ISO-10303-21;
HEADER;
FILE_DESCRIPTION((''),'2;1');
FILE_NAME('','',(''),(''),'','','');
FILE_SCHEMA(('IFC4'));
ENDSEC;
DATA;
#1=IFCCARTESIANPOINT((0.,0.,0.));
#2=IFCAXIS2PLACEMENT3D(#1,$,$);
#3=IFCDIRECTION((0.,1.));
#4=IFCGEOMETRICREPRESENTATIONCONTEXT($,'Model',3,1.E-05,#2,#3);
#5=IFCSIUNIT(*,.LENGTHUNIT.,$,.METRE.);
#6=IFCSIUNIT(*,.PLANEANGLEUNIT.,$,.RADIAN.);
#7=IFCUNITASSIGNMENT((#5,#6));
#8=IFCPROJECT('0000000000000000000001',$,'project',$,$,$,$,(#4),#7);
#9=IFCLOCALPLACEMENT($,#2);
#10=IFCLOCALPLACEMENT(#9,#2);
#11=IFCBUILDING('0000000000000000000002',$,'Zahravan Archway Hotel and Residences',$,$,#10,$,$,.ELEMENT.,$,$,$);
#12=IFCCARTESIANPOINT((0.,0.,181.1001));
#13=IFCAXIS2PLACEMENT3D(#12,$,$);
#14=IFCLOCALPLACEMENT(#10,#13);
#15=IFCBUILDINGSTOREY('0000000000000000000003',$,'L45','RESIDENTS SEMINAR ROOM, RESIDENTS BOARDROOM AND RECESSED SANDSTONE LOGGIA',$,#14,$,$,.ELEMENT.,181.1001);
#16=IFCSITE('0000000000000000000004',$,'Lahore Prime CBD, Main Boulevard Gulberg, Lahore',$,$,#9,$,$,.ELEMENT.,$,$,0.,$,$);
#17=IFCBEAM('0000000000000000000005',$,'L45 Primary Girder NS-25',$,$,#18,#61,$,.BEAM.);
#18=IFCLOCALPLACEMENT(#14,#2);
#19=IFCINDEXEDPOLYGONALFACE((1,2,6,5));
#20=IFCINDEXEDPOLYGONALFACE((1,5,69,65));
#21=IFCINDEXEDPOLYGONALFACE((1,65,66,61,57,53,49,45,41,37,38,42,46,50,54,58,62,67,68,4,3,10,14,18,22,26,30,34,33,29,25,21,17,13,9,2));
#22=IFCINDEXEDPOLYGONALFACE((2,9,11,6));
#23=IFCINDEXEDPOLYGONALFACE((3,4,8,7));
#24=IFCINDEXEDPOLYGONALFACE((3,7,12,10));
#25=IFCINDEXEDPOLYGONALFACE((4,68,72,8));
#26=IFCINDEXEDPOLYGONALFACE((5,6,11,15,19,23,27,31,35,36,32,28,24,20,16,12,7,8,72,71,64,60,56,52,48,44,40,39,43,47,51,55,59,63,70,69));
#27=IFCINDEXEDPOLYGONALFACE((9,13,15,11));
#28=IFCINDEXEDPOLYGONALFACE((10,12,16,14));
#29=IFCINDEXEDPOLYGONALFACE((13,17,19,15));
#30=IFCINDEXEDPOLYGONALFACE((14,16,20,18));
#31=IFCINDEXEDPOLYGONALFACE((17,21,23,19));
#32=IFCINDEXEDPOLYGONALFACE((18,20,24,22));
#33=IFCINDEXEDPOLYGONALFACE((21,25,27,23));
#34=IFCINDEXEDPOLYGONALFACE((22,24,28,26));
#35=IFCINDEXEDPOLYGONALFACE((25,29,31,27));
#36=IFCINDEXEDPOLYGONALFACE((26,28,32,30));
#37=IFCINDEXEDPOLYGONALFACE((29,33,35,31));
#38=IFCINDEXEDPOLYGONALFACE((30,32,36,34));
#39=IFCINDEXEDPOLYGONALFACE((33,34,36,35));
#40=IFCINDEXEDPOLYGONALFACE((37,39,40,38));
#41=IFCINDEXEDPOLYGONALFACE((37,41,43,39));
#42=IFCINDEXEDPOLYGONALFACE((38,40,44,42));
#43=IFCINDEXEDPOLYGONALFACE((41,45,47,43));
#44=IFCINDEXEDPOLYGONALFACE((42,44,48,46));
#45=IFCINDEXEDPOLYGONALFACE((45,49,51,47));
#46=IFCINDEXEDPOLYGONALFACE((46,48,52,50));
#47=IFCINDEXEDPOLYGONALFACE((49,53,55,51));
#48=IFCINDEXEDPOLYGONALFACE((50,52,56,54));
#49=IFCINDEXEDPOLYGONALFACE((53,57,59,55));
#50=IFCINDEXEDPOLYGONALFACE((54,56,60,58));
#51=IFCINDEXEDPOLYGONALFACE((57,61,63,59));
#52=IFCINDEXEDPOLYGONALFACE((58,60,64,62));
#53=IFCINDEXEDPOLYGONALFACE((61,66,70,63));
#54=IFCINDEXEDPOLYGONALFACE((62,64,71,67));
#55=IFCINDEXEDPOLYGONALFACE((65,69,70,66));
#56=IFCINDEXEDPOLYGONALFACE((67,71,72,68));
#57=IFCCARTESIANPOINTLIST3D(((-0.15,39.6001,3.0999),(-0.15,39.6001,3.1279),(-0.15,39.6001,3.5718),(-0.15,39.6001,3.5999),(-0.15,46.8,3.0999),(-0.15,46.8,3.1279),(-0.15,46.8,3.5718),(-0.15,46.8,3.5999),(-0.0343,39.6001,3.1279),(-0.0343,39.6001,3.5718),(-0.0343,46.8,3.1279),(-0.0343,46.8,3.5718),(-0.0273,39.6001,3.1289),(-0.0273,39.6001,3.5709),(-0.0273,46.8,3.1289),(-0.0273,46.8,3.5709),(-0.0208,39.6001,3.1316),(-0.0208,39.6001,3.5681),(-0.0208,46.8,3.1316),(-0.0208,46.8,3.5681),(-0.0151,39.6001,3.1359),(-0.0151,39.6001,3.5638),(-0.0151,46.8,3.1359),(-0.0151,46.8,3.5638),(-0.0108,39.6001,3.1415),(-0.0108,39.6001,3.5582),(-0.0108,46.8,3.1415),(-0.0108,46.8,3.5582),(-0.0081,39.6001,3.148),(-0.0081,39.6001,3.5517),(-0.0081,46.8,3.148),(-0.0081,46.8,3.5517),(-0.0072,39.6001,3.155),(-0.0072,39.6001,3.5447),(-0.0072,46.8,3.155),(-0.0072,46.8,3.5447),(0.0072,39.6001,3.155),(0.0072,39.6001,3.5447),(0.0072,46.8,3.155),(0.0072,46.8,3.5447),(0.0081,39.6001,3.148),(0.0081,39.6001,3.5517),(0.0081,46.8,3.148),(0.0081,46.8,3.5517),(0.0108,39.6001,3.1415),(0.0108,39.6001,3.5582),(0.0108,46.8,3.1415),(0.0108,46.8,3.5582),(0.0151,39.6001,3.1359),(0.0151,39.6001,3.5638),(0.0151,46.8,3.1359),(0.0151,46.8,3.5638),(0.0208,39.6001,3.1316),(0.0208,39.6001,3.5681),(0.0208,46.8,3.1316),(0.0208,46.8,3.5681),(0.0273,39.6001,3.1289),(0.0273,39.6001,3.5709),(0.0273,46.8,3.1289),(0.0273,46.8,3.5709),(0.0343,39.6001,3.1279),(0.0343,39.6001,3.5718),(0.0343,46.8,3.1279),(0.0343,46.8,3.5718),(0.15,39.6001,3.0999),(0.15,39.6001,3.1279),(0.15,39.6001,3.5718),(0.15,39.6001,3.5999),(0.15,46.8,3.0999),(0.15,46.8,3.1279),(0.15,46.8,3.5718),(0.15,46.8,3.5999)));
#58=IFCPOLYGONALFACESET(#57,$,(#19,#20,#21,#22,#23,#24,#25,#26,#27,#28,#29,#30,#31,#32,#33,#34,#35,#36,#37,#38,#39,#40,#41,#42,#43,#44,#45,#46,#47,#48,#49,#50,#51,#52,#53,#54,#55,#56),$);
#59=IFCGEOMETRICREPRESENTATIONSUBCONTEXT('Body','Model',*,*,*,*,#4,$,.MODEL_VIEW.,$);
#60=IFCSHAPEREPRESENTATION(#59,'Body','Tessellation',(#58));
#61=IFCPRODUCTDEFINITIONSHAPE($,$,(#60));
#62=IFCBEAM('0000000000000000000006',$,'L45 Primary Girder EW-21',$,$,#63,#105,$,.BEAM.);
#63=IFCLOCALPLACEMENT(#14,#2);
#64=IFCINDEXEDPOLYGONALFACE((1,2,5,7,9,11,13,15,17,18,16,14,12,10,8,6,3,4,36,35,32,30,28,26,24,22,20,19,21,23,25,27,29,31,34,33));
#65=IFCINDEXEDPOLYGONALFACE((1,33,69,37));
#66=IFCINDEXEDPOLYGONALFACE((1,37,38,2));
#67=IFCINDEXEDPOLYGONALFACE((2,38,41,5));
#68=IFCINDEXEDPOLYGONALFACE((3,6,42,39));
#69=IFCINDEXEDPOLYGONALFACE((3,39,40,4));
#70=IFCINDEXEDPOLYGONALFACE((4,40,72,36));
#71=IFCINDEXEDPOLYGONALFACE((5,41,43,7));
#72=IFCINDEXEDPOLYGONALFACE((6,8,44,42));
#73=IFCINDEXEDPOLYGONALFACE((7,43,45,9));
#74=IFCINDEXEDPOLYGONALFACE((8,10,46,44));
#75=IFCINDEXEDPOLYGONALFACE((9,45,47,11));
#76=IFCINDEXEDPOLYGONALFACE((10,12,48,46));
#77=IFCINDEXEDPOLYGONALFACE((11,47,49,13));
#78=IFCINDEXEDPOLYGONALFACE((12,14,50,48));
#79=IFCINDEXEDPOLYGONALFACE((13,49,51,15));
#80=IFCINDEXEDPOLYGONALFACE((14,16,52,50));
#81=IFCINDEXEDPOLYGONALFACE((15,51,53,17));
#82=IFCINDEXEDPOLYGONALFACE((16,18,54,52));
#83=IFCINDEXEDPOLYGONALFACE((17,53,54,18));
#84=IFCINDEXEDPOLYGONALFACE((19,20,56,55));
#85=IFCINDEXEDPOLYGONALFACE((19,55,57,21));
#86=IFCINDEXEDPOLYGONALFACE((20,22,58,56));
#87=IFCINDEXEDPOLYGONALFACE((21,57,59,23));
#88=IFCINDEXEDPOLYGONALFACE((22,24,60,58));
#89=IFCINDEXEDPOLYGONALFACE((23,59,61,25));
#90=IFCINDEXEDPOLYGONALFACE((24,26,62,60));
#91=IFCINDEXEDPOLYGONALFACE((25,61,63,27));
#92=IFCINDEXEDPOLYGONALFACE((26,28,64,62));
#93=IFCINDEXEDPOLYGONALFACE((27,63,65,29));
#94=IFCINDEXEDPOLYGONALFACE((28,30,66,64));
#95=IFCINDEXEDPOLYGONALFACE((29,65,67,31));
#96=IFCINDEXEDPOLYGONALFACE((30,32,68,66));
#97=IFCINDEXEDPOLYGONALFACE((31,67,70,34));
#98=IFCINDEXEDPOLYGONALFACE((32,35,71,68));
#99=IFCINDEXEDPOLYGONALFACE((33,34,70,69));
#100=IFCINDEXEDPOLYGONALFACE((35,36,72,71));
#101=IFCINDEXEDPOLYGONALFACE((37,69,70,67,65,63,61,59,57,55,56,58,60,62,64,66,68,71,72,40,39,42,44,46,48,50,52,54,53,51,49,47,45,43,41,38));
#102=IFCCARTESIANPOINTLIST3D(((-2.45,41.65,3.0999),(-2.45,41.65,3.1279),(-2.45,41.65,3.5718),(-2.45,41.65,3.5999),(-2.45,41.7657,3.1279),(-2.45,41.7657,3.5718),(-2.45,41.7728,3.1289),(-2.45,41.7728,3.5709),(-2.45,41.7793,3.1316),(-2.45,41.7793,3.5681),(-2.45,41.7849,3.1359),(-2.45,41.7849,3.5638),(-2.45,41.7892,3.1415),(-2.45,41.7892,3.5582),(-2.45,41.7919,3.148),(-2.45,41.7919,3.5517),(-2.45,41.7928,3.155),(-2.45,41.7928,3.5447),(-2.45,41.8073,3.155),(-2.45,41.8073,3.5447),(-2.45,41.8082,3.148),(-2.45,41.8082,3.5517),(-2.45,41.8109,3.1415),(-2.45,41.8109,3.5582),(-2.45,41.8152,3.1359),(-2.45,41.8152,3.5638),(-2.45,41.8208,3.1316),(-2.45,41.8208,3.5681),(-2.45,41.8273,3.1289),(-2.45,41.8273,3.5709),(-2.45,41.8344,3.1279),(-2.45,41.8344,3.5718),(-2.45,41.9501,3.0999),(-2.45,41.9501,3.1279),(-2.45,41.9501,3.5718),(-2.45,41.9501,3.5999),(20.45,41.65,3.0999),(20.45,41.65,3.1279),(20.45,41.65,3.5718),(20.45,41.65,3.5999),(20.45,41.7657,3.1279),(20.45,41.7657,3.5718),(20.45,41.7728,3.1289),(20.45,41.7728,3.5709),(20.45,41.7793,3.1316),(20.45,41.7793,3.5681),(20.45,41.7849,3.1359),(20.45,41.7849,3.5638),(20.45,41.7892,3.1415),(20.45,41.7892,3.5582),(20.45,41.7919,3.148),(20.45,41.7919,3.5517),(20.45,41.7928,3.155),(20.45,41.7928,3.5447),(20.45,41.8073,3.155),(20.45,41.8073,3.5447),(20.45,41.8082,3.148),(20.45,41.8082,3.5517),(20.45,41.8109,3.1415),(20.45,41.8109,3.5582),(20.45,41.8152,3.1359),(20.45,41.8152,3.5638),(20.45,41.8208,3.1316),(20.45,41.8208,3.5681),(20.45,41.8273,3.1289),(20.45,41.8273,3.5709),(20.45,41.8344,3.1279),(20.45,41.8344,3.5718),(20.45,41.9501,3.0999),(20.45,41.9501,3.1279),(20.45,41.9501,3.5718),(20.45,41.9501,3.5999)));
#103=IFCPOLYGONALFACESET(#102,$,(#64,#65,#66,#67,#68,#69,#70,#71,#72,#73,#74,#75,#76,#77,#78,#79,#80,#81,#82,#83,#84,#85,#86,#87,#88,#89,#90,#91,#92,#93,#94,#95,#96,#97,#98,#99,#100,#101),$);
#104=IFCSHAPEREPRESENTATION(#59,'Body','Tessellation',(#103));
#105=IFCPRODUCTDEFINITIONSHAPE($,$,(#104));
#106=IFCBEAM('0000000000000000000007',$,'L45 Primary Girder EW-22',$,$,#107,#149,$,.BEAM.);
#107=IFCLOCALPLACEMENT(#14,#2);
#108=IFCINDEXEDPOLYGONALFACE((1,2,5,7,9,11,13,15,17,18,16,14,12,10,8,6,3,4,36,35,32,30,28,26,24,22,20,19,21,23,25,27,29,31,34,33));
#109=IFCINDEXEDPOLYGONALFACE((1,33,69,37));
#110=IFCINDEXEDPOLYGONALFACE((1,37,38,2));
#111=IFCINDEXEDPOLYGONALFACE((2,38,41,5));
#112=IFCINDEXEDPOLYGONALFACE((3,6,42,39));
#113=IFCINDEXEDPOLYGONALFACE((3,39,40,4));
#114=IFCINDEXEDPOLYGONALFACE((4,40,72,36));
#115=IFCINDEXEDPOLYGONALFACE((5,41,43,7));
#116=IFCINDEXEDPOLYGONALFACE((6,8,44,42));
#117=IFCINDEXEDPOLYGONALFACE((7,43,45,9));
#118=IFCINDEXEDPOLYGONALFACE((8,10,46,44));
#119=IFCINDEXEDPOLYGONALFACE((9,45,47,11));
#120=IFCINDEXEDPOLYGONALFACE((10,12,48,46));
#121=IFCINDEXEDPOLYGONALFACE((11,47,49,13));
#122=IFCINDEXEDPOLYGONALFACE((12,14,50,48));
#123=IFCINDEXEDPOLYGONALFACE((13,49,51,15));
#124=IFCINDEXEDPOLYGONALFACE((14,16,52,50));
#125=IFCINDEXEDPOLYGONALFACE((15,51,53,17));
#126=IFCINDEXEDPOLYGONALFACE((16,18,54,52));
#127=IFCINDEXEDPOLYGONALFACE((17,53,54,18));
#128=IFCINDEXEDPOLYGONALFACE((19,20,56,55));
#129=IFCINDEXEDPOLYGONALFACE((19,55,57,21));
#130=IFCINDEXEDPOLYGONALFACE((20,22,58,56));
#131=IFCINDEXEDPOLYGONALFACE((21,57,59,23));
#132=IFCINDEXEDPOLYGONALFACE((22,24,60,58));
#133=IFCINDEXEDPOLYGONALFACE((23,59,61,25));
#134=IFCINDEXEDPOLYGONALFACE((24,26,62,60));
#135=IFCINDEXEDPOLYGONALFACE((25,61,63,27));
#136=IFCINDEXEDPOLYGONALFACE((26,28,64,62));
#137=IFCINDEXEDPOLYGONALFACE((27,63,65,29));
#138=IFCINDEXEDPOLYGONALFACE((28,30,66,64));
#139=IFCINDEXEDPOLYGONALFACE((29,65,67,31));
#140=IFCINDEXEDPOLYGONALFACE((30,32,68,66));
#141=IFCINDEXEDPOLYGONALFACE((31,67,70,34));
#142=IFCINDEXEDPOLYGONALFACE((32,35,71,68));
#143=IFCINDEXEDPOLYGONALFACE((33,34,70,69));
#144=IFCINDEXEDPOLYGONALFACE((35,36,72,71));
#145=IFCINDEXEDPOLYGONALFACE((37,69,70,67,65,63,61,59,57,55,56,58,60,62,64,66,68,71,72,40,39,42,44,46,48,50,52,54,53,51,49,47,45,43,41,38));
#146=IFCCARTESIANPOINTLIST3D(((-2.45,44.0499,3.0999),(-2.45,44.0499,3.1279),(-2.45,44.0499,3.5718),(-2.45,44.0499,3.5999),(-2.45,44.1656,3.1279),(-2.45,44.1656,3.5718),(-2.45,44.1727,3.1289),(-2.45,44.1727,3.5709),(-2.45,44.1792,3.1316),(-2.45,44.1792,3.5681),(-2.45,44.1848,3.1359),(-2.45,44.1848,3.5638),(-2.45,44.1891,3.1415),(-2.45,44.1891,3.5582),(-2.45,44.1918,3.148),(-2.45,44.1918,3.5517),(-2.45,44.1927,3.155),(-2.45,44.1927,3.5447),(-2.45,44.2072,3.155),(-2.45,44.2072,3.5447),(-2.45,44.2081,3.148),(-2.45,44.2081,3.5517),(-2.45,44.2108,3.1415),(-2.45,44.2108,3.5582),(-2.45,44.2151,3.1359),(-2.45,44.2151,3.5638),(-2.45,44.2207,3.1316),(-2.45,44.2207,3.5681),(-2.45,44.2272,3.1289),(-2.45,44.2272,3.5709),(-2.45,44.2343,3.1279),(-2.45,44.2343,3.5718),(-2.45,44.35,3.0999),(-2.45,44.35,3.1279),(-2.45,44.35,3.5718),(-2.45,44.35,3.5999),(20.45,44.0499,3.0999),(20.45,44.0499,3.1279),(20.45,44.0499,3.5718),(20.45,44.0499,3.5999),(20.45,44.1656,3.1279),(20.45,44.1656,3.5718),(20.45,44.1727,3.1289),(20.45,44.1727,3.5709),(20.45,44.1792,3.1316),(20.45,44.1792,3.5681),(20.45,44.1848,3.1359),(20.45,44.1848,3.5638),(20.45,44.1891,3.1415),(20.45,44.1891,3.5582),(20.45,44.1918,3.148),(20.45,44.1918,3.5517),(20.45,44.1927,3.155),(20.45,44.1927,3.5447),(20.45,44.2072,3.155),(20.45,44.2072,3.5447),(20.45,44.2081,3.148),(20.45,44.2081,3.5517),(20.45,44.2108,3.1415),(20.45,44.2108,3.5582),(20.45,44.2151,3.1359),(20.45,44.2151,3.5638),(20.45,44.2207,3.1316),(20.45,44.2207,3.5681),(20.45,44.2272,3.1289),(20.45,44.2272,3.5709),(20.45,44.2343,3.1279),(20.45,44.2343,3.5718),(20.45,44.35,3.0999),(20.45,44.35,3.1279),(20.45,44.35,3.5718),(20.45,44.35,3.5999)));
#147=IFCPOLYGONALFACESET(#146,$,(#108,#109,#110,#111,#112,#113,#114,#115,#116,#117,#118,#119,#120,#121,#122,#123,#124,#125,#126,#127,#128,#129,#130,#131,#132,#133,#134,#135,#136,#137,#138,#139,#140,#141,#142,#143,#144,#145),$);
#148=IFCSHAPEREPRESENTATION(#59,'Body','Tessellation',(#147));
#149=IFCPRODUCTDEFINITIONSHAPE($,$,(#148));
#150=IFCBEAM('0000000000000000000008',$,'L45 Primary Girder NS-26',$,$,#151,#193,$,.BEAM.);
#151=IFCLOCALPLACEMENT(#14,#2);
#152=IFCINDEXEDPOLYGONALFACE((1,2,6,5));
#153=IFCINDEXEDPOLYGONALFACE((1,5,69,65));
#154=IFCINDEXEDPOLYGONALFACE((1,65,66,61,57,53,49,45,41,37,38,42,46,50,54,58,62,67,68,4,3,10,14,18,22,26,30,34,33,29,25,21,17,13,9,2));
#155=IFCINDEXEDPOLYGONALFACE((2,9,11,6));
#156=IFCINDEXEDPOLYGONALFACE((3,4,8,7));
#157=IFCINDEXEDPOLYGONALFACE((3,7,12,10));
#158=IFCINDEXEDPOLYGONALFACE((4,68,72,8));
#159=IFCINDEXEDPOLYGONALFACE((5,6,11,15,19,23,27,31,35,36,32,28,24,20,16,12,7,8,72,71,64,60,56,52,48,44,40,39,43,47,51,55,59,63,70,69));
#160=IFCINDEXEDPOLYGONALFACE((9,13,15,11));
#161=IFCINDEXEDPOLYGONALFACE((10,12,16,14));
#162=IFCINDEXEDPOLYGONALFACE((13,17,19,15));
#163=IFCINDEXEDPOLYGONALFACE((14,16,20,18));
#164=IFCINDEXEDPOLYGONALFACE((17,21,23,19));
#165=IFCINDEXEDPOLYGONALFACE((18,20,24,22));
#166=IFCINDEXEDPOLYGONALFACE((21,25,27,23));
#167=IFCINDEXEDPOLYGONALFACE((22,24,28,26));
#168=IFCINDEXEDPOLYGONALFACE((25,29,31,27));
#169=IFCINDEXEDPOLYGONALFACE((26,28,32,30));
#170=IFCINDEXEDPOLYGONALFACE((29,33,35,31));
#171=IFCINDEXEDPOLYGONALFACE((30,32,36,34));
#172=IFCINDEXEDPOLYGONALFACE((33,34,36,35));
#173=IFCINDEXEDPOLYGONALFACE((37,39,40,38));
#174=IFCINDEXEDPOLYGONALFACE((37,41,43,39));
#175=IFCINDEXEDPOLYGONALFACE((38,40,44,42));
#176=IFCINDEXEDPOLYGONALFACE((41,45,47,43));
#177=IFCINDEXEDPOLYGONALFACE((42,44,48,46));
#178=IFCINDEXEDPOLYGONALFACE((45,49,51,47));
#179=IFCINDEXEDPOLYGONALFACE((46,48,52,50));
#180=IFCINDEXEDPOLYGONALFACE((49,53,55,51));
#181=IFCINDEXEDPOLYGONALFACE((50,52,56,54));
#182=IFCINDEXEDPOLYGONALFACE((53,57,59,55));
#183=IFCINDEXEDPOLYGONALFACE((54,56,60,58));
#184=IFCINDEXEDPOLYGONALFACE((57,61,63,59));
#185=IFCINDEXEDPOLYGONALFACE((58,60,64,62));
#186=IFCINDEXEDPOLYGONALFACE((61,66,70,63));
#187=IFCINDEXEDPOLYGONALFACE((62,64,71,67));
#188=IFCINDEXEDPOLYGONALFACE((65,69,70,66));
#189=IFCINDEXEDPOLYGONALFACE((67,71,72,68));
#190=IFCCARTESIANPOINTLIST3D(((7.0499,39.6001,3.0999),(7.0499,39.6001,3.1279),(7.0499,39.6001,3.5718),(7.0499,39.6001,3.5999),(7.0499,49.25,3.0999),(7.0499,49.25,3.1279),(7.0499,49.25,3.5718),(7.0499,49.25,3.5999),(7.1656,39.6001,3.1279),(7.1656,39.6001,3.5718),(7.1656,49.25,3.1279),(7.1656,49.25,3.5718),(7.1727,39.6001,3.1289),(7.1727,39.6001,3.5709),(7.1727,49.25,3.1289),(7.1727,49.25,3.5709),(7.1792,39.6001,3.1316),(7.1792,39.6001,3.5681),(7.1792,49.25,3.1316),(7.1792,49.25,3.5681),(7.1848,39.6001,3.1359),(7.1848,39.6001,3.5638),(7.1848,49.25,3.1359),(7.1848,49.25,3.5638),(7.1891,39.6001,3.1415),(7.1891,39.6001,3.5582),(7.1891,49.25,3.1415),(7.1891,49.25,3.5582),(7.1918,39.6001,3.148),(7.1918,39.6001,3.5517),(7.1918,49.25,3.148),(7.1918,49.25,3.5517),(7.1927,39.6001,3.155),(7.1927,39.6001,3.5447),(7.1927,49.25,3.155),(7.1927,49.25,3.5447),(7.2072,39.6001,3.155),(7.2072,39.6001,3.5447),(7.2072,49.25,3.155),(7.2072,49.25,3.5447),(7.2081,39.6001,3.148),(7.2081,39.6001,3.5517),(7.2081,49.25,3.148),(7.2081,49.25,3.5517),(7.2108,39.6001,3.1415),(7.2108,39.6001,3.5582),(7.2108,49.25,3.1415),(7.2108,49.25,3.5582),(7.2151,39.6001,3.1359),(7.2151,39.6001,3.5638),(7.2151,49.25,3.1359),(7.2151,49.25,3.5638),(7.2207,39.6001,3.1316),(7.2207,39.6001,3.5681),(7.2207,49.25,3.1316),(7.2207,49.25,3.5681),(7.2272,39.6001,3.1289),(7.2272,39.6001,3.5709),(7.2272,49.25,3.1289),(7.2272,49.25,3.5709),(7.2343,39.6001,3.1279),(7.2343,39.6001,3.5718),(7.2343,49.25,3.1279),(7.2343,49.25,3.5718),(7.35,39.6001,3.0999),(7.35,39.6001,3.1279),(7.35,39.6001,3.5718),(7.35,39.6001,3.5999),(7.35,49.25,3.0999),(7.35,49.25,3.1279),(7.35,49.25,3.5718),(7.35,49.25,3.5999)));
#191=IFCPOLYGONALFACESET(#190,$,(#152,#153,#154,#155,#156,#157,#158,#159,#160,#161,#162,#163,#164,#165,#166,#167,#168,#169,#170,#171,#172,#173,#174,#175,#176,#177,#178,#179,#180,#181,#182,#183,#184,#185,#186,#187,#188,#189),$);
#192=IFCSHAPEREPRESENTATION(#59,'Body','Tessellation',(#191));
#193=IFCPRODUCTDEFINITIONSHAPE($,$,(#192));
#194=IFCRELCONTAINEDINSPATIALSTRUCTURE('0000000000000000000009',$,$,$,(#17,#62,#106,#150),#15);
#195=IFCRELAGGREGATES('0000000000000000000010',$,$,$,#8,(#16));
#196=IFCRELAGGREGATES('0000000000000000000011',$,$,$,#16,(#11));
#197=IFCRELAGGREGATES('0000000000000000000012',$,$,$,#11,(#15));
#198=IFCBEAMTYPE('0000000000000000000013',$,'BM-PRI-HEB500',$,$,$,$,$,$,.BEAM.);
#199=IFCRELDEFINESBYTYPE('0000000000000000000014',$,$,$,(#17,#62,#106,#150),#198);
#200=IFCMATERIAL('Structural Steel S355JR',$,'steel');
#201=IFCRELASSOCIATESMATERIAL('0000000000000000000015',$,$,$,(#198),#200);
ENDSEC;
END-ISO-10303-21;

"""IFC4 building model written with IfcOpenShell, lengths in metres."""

from ifc_helpers import new_model, si_unit, direction, frame, origin, origin_2d, place, context, subcontext, project, spatial, i_section, extrude, source, transform, mapped, material, material_profile, profile_set, type_object, element, save


model = new_model("IFC4")

# Units and contexts
model_context = context("Model", 3, precision=1e-05, world=origin(), true_north=direction((0.0, 1.0)))
body_context = subcontext(model_context, "Body", "Model", "MODEL_VIEW")
ifc_project = project(units=[si_unit("LENGTHUNIT", "METRE"), si_unit("PLANEANGLEUNIT", "RADIAN")], contexts=[model_context])

# Site, building, storey
site_placement = place(None, origin())
site = spatial("IfcSite", under=ifc_project, at=site_placement, Name="Lahore Prime CBD, Main Boulevard Gulberg, Lahore", CompositionType="ELEMENT", RefElevation=0.0)
building_placement = place(site_placement, origin())
building = spatial("IfcBuilding", under=site, at=building_placement, Name="Zahravan Archway Hotel and Residences", CompositionType="ELEMENT")
storey_placement = place(building_placement, frame((0.0, 0.0, 181.1001)))
storey = spatial("IfcBuildingStorey", under=building, at=storey_placement, Name="L45", Description="RESIDENTS SEMINAR ROOM, RESIDENTS BOARDROOM AND RECESSED SANDSTONE LOGGIA", CompositionType="ELEMENT", Elevation=181.1001)

# Beams
ifc_material_1 = material(Name="Structural Steel S355JR", Category="steel")
ifc_material_profile_1 = material_profile(ifc_material_1, i_section(OverallWidth=0.3, OverallDepth=0.5, WebThickness=0.0144, FlangeThickness=0.0281, FilletRadius=0.0271, at=origin_2d()), Name="HEB 500", Category="steel")
ifc_profile_set_1 = profile_set([ifc_material_profile_1], Name="Structural Steel S355JR")
beam_type_1 = type_object("IfcBeamType", Name="BM-PRI-HEB500", PredefinedType="BEAM", material=ifc_profile_set_1)
shared_shape_1 = source(origin(), body_context, "Body", "SweptSolid", [
    extrude(i_section(OverallWidth=0.3, OverallDepth=0.5, WebThickness=0.0144, FlangeThickness=0.0281, FilletRadius=0.0271, at=origin_2d()), origin(), (0.0, 0.0, 1.0), 7.2),
])
for number, where, z_axis, x_axis, name in (
    (1, (0.0, 39.6001, 3.3499), (0.0, 1.0, 0.0), (-1.0, 0.0, 0.0), "L45 Primary Girder NS-25"),
):
    element("IfcBeam", number, at=place(storey_placement, frame(where, z_axis=z_axis, x_axis=x_axis)), inside=storey, type_object=beam_type_1, Name=name, PredefinedType="BEAM", context=body_context, shape_type="MappedRepresentation", body=[
        mapped(shared_shape_1, transform((0.0, 0.0, 0.0), scale=1.0)),
    ])
shared_shape_2 = source(origin(), body_context, "Body", "SweptSolid", [
    extrude(i_section(OverallWidth=0.3, OverallDepth=0.5, WebThickness=0.0144, FlangeThickness=0.0281, FilletRadius=0.0271, at=origin_2d()), origin(), (0.0, 0.0, 1.0), 22.8999),
])
for number, where, z_axis, x_axis, name in (
    (2, (-2.45, 41.8, 3.3499), (1.0, 0.0, 0.0), (0.0, 1.0, 0.0), "L45 Primary Girder EW-21"),
    (3, (-2.45, 44.2, 3.3499), (1.0, 0.0, 0.0), (0.0, 1.0, 0.0), "L45 Primary Girder EW-22"),
):
    element("IfcBeam", number, at=place(storey_placement, frame(where, z_axis=z_axis, x_axis=x_axis)), inside=storey, type_object=beam_type_1, Name=name, PredefinedType="BEAM", context=body_context, shape_type="MappedRepresentation", body=[
        mapped(shared_shape_2, transform((0.0, 0.0, 0.0), scale=1.0)),
    ])
shared_shape_3 = source(origin(), body_context, "Body", "SweptSolid", [
    extrude(i_section(OverallWidth=0.3, OverallDepth=0.5, WebThickness=0.0144, FlangeThickness=0.0281, FilletRadius=0.0271, at=origin_2d()), origin(), (0.0, 0.0, 1.0), 9.6499),
])
beam_1_placement = place(storey_placement, frame((7.2, 39.6001, 3.3499), z_axis=(0.0, 1.0, 0.0), x_axis=(-1.0, 0.0, 0.0)))
element("IfcBeam", 4, at=beam_1_placement, inside=storey, type_object=beam_type_1, Name="L45 Primary Girder NS-26", PredefinedType="BEAM", context=body_context, shape_type="MappedRepresentation", body=[
    mapped(shared_shape_3, transform((0.0, 0.0, 0.0), scale=1.0)),
])

save(model, "model.ifc")
